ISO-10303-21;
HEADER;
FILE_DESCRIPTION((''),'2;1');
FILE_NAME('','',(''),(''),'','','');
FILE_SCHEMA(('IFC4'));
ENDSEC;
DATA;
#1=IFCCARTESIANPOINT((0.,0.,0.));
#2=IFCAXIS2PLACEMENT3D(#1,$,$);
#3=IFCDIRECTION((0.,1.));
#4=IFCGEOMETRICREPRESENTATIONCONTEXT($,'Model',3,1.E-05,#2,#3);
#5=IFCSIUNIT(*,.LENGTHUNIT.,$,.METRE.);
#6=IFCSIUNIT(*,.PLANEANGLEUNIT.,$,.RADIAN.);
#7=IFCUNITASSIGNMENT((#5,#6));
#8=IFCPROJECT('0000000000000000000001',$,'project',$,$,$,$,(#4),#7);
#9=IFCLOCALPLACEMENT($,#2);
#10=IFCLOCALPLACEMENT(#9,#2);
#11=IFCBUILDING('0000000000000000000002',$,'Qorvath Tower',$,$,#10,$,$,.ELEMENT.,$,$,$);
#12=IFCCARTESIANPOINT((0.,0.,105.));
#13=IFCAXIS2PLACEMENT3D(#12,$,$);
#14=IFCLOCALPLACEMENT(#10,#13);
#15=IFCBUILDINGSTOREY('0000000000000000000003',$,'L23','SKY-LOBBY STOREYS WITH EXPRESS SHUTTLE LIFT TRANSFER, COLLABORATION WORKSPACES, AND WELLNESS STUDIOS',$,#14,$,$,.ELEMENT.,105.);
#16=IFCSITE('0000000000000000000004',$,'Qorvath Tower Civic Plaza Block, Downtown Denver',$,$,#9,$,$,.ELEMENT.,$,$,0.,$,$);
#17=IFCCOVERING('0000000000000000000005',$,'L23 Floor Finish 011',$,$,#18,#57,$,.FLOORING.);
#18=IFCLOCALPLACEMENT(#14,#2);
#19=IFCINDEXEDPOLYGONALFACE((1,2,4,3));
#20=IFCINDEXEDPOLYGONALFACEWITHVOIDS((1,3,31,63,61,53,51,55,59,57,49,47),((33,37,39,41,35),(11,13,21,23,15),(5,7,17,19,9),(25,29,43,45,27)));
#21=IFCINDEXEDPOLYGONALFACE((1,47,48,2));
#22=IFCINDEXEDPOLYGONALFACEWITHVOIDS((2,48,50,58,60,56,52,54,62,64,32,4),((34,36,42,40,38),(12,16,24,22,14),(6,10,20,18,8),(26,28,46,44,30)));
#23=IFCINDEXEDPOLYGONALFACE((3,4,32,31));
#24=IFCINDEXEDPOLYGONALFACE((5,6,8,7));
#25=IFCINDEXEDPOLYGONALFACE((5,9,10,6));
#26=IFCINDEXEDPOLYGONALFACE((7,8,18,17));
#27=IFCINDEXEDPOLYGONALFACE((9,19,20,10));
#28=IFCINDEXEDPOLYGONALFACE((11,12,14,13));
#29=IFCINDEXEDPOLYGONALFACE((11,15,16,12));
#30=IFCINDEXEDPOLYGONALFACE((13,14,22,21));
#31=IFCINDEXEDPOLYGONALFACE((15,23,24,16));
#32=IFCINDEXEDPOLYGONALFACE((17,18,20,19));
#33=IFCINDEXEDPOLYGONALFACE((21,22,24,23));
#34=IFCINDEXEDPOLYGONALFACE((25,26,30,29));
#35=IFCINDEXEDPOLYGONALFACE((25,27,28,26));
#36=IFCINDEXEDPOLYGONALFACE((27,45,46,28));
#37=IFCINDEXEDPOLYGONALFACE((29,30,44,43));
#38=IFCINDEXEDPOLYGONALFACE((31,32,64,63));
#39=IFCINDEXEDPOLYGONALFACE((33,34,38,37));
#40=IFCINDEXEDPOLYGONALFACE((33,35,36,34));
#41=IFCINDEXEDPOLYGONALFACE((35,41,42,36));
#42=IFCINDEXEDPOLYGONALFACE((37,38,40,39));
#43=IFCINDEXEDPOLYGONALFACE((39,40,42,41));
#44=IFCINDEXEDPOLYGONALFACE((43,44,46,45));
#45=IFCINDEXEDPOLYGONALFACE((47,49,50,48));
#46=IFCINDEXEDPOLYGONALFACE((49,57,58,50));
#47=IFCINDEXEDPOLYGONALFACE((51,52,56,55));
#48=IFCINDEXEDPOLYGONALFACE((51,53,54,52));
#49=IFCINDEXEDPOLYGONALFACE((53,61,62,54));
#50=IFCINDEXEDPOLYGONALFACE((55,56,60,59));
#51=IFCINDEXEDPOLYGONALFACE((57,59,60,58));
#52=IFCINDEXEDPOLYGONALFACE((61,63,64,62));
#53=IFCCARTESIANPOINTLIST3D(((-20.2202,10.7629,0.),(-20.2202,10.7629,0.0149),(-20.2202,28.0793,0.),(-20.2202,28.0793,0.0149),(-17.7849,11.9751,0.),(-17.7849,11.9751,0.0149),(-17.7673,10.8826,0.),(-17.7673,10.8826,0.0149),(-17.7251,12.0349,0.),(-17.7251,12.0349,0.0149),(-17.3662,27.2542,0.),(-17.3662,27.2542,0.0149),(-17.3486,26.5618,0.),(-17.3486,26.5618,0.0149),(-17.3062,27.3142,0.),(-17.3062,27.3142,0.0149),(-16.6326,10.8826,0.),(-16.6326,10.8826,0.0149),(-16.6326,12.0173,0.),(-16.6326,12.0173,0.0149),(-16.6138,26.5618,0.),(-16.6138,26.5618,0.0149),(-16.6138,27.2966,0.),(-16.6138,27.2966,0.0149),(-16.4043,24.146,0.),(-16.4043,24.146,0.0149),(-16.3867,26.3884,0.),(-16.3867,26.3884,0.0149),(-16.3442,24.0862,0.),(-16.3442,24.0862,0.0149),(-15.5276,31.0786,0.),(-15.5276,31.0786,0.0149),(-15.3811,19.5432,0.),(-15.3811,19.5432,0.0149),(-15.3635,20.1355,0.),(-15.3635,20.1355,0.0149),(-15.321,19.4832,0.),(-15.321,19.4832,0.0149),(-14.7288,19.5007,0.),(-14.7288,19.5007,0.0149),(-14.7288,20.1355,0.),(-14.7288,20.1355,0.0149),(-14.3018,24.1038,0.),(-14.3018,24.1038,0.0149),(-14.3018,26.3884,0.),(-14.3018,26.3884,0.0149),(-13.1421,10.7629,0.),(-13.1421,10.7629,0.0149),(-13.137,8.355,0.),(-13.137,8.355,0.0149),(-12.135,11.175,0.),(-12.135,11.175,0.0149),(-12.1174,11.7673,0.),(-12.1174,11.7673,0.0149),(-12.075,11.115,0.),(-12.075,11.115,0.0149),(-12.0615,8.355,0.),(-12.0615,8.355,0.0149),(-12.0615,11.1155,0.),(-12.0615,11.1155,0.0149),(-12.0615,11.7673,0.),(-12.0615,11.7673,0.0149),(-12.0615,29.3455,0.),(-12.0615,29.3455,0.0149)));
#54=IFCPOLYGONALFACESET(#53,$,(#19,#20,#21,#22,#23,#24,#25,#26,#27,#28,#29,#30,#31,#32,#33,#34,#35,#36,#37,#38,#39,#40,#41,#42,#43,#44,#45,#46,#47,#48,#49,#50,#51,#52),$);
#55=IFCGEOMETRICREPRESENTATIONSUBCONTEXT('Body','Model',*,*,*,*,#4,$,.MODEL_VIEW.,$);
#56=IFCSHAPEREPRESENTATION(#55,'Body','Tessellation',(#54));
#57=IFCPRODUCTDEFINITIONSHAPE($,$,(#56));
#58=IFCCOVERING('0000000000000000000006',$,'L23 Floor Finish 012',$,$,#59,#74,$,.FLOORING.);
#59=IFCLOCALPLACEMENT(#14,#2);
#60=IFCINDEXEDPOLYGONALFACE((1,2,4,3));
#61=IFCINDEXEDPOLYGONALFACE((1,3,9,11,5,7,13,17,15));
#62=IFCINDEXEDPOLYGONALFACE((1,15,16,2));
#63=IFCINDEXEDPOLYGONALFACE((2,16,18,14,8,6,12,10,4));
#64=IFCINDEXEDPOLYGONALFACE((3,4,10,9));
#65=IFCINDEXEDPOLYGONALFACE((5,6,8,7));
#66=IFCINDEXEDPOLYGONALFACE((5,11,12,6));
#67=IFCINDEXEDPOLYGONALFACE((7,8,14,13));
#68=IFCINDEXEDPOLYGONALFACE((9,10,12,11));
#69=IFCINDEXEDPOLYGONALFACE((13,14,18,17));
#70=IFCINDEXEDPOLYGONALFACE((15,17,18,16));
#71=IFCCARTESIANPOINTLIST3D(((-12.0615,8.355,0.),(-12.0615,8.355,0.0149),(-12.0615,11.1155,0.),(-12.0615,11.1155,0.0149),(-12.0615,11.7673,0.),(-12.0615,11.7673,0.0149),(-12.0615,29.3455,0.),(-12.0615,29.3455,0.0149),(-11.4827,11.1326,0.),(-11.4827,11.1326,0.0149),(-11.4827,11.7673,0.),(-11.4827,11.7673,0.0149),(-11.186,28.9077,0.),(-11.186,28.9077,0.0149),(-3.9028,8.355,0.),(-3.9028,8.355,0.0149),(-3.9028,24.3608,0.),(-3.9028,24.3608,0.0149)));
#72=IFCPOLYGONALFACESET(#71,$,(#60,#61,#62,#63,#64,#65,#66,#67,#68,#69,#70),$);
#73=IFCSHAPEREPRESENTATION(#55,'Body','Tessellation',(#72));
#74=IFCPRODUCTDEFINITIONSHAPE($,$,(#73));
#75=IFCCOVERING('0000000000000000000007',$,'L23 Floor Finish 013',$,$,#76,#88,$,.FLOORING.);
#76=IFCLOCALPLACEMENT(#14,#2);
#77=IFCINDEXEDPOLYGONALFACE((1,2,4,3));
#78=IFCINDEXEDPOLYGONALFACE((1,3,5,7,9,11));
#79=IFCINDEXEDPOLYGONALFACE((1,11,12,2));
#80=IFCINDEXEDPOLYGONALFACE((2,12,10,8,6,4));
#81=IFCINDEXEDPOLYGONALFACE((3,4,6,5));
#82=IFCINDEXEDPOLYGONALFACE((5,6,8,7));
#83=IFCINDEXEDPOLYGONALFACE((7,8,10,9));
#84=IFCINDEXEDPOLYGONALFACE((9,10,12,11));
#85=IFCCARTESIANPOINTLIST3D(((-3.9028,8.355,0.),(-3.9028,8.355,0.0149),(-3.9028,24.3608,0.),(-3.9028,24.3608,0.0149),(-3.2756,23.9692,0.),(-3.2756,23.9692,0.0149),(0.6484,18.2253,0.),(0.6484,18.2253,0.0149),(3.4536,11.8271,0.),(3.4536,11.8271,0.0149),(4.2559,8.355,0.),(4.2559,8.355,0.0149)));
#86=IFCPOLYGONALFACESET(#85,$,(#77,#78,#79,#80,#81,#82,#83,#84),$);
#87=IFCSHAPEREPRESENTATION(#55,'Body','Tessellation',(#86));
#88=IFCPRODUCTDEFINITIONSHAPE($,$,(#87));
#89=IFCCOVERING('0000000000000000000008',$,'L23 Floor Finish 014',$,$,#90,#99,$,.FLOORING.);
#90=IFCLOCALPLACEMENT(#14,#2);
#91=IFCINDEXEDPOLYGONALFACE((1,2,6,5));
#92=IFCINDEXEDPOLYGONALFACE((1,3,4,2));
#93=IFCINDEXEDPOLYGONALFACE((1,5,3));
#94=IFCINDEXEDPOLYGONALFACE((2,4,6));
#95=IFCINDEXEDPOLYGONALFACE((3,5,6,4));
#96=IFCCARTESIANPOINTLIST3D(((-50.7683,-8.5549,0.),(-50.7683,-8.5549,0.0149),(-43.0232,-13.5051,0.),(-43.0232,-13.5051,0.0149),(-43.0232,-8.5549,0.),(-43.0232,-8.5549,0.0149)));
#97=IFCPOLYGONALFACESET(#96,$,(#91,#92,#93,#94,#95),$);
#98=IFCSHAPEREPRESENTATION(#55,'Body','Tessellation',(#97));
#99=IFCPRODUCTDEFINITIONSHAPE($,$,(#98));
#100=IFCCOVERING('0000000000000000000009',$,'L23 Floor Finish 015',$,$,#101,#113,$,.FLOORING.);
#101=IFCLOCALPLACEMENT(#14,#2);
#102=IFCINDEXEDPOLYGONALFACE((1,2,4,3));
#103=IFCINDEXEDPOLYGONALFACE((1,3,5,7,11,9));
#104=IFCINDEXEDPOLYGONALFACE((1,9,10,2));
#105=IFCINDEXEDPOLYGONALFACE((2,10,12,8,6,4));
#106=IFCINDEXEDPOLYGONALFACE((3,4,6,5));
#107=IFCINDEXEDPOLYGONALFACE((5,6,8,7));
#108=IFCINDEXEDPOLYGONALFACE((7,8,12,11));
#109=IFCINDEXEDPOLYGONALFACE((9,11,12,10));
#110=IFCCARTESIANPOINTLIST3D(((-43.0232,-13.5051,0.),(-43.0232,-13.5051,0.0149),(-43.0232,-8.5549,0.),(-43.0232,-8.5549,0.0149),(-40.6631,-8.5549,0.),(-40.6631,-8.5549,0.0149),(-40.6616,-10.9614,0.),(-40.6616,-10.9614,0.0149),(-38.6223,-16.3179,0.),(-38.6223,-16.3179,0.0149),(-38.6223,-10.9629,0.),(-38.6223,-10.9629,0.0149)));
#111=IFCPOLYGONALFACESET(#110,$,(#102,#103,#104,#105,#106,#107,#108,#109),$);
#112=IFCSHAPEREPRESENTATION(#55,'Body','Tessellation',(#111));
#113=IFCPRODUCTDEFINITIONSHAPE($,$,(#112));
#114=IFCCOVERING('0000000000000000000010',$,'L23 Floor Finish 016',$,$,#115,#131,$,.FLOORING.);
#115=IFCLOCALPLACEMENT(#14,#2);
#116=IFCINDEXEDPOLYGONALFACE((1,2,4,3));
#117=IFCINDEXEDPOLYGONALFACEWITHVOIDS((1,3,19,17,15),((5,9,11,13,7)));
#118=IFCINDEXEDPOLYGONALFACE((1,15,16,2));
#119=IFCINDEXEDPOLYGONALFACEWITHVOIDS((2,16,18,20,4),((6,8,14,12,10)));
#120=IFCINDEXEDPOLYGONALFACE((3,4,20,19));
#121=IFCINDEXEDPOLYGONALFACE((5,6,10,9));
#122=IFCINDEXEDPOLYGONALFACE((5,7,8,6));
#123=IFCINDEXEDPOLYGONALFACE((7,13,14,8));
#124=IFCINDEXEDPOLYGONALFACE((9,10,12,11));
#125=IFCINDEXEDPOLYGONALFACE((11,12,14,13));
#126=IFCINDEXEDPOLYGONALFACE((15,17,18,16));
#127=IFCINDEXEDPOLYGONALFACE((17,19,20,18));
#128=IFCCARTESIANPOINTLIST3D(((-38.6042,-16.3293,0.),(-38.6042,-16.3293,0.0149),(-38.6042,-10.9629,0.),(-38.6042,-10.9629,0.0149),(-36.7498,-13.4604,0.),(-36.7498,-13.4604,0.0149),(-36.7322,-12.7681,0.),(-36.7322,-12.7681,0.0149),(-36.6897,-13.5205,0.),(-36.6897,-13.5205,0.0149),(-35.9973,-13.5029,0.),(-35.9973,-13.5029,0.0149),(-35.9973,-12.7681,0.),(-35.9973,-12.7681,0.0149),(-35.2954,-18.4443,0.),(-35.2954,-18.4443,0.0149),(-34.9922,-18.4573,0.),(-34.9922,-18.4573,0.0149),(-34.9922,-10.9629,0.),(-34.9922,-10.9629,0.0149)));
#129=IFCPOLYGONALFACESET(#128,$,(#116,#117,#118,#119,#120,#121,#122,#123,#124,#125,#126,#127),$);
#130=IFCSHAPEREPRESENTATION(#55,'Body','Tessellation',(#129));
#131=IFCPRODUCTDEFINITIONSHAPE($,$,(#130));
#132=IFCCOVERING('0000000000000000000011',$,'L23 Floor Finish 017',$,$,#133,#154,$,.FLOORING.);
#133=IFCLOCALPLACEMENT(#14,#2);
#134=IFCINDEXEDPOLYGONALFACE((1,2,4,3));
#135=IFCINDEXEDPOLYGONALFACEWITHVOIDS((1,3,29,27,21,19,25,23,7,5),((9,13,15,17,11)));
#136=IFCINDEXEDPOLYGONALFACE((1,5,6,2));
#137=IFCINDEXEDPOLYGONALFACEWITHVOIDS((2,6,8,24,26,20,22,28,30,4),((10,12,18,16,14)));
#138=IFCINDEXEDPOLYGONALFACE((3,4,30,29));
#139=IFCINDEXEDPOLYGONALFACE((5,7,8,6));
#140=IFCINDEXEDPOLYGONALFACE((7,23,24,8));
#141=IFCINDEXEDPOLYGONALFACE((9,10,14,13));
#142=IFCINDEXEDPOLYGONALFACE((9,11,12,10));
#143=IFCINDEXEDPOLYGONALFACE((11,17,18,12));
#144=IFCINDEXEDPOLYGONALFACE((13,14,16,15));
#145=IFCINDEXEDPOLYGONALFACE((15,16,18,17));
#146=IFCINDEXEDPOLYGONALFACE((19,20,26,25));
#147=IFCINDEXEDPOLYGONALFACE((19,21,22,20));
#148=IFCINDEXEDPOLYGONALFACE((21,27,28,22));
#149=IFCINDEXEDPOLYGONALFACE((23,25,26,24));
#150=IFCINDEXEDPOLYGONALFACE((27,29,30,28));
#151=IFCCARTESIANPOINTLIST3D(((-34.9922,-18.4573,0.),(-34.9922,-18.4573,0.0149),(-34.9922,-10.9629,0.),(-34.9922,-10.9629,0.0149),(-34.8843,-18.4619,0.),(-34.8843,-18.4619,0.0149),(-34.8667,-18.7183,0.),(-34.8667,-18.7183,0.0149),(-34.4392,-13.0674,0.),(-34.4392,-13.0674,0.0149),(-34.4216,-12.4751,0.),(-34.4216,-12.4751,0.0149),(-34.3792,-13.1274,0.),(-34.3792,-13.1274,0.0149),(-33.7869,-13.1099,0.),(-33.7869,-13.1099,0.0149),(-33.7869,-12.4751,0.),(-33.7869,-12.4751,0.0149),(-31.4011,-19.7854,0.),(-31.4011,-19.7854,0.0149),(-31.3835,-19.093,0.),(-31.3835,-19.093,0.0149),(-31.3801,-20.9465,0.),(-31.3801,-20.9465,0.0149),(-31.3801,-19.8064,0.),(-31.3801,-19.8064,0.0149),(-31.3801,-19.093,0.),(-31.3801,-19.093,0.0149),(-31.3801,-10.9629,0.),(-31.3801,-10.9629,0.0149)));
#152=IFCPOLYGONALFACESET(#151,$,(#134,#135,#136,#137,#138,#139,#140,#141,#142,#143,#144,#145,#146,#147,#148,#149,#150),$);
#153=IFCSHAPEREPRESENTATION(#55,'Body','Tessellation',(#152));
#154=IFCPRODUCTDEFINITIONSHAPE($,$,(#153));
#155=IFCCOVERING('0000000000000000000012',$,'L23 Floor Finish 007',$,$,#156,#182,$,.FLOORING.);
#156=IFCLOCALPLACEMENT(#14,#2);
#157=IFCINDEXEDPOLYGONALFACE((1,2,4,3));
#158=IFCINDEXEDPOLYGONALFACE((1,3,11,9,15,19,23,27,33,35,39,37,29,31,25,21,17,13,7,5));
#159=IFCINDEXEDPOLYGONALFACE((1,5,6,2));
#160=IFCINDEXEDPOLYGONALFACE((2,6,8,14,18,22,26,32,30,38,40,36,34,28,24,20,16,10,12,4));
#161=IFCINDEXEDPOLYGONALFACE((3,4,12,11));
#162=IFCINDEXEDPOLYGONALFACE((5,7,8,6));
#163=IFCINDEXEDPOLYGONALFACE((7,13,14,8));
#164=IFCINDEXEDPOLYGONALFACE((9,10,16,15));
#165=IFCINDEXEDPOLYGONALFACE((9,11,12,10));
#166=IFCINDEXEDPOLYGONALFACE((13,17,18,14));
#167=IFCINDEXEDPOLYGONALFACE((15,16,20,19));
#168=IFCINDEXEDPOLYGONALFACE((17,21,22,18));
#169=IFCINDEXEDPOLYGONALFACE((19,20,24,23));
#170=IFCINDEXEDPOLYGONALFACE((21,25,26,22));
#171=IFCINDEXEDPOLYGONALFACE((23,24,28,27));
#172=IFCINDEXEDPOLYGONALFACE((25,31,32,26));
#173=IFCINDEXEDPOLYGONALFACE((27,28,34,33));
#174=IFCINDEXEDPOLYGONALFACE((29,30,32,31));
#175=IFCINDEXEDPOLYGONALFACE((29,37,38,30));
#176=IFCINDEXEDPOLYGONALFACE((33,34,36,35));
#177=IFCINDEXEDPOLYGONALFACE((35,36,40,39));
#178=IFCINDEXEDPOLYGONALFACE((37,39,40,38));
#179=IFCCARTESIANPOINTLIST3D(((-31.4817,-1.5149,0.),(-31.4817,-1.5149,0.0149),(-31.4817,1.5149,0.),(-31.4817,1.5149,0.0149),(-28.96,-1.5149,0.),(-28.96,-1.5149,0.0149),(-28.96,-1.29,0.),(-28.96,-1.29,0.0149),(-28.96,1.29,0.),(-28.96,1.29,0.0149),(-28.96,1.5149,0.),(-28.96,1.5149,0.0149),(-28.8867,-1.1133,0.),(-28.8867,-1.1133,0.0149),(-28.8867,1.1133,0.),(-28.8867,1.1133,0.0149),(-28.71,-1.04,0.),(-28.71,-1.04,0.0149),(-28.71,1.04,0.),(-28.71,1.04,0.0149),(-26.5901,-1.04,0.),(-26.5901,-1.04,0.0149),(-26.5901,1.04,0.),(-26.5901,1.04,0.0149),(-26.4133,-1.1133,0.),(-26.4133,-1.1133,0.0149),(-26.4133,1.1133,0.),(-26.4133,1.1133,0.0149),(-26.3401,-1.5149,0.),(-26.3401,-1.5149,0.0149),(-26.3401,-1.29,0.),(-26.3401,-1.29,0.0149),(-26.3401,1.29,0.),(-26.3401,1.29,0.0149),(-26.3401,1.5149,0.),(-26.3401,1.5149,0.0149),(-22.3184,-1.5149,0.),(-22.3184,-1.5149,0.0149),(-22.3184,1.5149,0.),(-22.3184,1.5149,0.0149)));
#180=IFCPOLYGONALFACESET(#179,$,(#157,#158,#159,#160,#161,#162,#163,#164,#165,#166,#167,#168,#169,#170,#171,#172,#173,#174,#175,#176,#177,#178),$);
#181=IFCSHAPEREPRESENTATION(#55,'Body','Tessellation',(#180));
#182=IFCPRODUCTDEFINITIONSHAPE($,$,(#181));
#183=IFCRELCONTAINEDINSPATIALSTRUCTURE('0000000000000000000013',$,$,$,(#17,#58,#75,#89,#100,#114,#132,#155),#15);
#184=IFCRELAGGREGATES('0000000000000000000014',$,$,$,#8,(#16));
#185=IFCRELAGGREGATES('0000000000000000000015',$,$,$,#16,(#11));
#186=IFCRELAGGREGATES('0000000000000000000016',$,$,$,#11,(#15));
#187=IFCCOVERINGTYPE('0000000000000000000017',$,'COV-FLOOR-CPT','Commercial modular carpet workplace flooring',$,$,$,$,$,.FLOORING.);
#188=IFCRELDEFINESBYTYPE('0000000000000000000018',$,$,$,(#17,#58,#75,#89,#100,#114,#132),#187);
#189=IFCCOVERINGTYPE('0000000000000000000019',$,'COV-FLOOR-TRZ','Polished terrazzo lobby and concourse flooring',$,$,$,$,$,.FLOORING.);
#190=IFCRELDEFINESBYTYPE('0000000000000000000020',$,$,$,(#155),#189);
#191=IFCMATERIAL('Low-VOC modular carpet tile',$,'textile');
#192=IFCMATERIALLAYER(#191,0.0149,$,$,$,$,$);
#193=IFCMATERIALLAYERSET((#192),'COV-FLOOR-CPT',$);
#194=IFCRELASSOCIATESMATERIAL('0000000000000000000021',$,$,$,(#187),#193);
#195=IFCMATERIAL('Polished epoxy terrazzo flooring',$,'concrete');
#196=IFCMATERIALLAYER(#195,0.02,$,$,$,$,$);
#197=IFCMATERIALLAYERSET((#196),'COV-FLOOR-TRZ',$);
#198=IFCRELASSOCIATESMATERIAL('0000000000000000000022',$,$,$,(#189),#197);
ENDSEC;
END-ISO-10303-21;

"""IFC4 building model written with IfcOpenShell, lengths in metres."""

from ifc_helpers import new_model, si_unit, direction, frame, origin, place, context, subcontext, project, spatial, polyline, outline, extrude, material, layer, layer_set, type_object, element, save


model = new_model("IFC4")

# Units and contexts
model_context = context("Model", 3, precision=1e-05, world=origin(), true_north=direction((0.0, 1.0)))
body_context = subcontext(model_context, "Body", "Model", "MODEL_VIEW")
ifc_project = project(units=[si_unit("LENGTHUNIT", "METRE"), si_unit("PLANEANGLEUNIT", "RADIAN")], contexts=[model_context])

# Site, building, storey
site_placement = place(None, origin())
site = spatial("IfcSite", under=ifc_project, at=site_placement, Name="Qorvath Tower Civic Plaza Block, Downtown Denver", CompositionType="ELEMENT", RefElevation=0.0)
building_placement = place(site_placement, origin())
building = spatial("IfcBuilding", under=site, at=building_placement, Name="Qorvath Tower", CompositionType="ELEMENT")
storey_placement = place(building_placement, frame((0.0, 0.0, 105.0)))
storey = spatial("IfcBuildingStorey", under=building, at=storey_placement, Name="L23", Description="SKY-LOBBY STOREYS WITH EXPRESS SHUTTLE LIFT TRANSFER, COLLABORATION WORKSPACES, AND WELLNESS STUDIOS", CompositionType="ELEMENT", Elevation=105.0)

# Coverings
ifc_material_1 = material(Name="Low-VOC modular carpet tile", Category="textile")
ifc_layer_1 = layer(ifc_material_1, 0.0149)
ifc_layer_set_1 = layer_set([ifc_layer_1], Name="COV-FLOOR-CPT")
covering_type_1 = type_object("IfcCoveringType", Name="COV-FLOOR-CPT", Description="Commercial modular carpet workplace flooring", PredefinedType="FLOORING", material=ifc_layer_set_1)
covering_1_placement = place(storey_placement, origin())
element("IfcCovering", 1, at=covering_1_placement, inside=storey, type_object=covering_type_1, Name="L23 Floor Finish 011", PredefinedType="FLOORING", context=body_context, shape_type="SweptSolid", body=[
    extrude(outline(polyline([(-12.0615, 8.355), (-12.0615, 11.1155), (-12.075, 11.115), (-12.135, 11.175), (-12.1174, 11.7673), (-12.0615, 11.7673), (-12.0615, 29.3455), (-15.5276, 31.0786), (-20.2202, 28.0793), (-20.2202, 10.7629), (-13.1421, 10.7629), (-13.137, 8.355), (-12.0615, 8.355)]), holes=[polyline([(-16.4043, 24.146), (-16.3867, 26.3884), (-14.3018, 26.3884), (-14.3018, 24.1038), (-16.3442, 24.0862), (-16.4043, 24.146)]), polyline([(-15.3811, 19.5432), (-15.3635, 20.1355), (-14.7288, 20.1355), (-14.7288, 19.5007), (-15.321, 19.4832), (-15.3811, 19.5432)]), polyline([(-17.3662, 27.2542), (-17.3062, 27.3142), (-16.6138, 27.2966), (-16.6138, 26.5618), (-17.3486, 26.5618), (-17.3662, 27.2542)]), polyline([(-17.7849, 11.9751), (-17.7251, 12.0349), (-16.6326, 12.0173), (-16.6326, 10.8826), (-17.7673, 10.8826), (-17.7849, 11.9751)])]), origin(), (0.0, 0.0, 1.0), 0.0149),
])
covering_2_placement = place(storey_placement, origin())
element("IfcCovering", 2, at=covering_2_placement, inside=storey, type_object=covering_type_1, Name="L23 Floor Finish 012", PredefinedType="FLOORING", context=body_context, shape_type="SweptSolid", body=[
    extrude(outline(polyline([(-3.9028, 8.355), (-3.9028, 24.3608), (-11.186, 28.9077), (-12.0615, 29.3455), (-12.0615, 11.7673), (-11.4827, 11.7673), (-11.4827, 11.1326), (-12.0615, 11.1155), (-12.0615, 8.355), (-3.9028, 8.355)])), origin(), (0.0, 0.0, 1.0), 0.0149),
])
covering_3_placement = place(storey_placement, origin())
element("IfcCovering", 3, at=covering_3_placement, inside=storey, type_object=covering_type_1, Name="L23 Floor Finish 013", PredefinedType="FLOORING", context=body_context, shape_type="SweptSolid", body=[
    extrude(outline(polyline([(0.6484, 18.2253), (-3.2756, 23.9692), (-3.9028, 24.3608), (-3.9028, 8.355), (4.2559, 8.355), (3.4536, 11.8271), (0.6484, 18.2253)])), origin(), (0.0, 0.0, 1.0), 0.0149),
])
covering_4_placement = place(storey_placement, origin())
element("IfcCovering", 4, at=covering_4_placement, inside=storey, type_object=covering_type_1, Name="L23 Floor Finish 014", PredefinedType="FLOORING", context=body_context, shape_type="SweptSolid", body=[
    extrude(outline(polyline([(-43.0232, -13.5051), (-43.0232, -8.5549), (-50.7683, -8.5549), (-43.0232, -13.5051)])), origin(), (0.0, 0.0, 1.0), 0.0149),
])
covering_5_placement = place(storey_placement, origin())
element("IfcCovering", 5, at=covering_5_placement, inside=storey, type_object=covering_type_1, Name="L23 Floor Finish 015", PredefinedType="FLOORING", context=body_context, shape_type="SweptSolid", body=[
    extrude(outline(polyline([(-40.6616, -10.9614), (-40.6631, -8.5549), (-43.0232, -8.5549), (-43.0232, -13.5051), (-38.6223, -16.3179), (-38.6223, -10.9629), (-40.6616, -10.9614)])), origin(), (0.0, 0.0, 1.0), 0.0149),
])
covering_6_placement = place(storey_placement, origin())
element("IfcCovering", 6, at=covering_6_placement, inside=storey, type_object=covering_type_1, Name="L23 Floor Finish 016", PredefinedType="FLOORING", context=body_context, shape_type="SweptSolid", body=[
    extrude(outline(polyline([(-38.6042, -10.9629), (-38.6042, -16.3293), (-35.2954, -18.4443), (-34.9922, -18.4573), (-34.9922, -10.9629), (-38.6042, -10.9629)]), holes=[polyline([(-36.7498, -13.4604), (-36.7322, -12.7681), (-35.9973, -12.7681), (-35.9973, -13.5029), (-36.6897, -13.5205), (-36.7498, -13.4604)])]), origin(), (0.0, 0.0, 1.0), 0.0149),
])
covering_7_placement = place(storey_placement, origin())
element("IfcCovering", 7, at=covering_7_placement, inside=storey, type_object=covering_type_1, Name="L23 Floor Finish 017", PredefinedType="FLOORING", context=body_context, shape_type="SweptSolid", body=[
    extrude(outline(polyline([(-34.9922, -10.9629), (-34.9922, -18.4573), (-34.8843, -18.4619), (-34.8667, -18.7183), (-31.3801, -20.9465), (-31.3801, -19.8064), (-31.4011, -19.7854), (-31.3835, -19.093), (-31.3801, -19.093), (-31.3801, -10.9629), (-34.9922, -10.9629)]), holes=[polyline([(-34.4392, -13.0674), (-34.4216, -12.4751), (-33.7869, -12.4751), (-33.7869, -13.1099), (-34.3792, -13.1274), (-34.4392, -13.0674)])]), origin(), (0.0, 0.0, 1.0), 0.0149),
])
ifc_material_2 = material(Name="Polished epoxy terrazzo flooring", Category="concrete")
ifc_layer_2 = layer(ifc_material_2, 0.02)
ifc_layer_set_2 = layer_set([ifc_layer_2], Name="COV-FLOOR-TRZ")
covering_type_2 = type_object("IfcCoveringType", Name="COV-FLOOR-TRZ", Description="Polished terrazzo lobby and concourse flooring", PredefinedType="FLOORING", material=ifc_layer_set_2)
covering_8_placement = place(storey_placement, origin())
element("IfcCovering", 8, at=covering_8_placement, inside=storey, type_object=covering_type_2, Name="L23 Floor Finish 007", PredefinedType="FLOORING", context=body_context, shape_type="SweptSolid", body=[
    extrude(outline(polyline([(-22.3184, -1.5149), (-22.3184, 1.5149), (-26.3401, 1.5149), (-26.3401, 1.29), (-26.4133, 1.1133), (-26.5901, 1.04), (-28.71, 1.04), (-28.8867, 1.1133), (-28.96, 1.29), (-28.96, 1.5149), (-31.4817, 1.5149), (-31.4817, -1.5149), (-28.96, -1.5149), (-28.96, -1.29), (-28.8867, -1.1133), (-28.71, -1.04), (-26.5901, -1.04), (-26.4133, -1.1133), (-26.3401, -1.29), (-26.3401, -1.5149), (-22.3184, -1.5149)])), origin(), (0.0, 0.0, 1.0), 0.0149),
])

save(model, "model.ifc")
